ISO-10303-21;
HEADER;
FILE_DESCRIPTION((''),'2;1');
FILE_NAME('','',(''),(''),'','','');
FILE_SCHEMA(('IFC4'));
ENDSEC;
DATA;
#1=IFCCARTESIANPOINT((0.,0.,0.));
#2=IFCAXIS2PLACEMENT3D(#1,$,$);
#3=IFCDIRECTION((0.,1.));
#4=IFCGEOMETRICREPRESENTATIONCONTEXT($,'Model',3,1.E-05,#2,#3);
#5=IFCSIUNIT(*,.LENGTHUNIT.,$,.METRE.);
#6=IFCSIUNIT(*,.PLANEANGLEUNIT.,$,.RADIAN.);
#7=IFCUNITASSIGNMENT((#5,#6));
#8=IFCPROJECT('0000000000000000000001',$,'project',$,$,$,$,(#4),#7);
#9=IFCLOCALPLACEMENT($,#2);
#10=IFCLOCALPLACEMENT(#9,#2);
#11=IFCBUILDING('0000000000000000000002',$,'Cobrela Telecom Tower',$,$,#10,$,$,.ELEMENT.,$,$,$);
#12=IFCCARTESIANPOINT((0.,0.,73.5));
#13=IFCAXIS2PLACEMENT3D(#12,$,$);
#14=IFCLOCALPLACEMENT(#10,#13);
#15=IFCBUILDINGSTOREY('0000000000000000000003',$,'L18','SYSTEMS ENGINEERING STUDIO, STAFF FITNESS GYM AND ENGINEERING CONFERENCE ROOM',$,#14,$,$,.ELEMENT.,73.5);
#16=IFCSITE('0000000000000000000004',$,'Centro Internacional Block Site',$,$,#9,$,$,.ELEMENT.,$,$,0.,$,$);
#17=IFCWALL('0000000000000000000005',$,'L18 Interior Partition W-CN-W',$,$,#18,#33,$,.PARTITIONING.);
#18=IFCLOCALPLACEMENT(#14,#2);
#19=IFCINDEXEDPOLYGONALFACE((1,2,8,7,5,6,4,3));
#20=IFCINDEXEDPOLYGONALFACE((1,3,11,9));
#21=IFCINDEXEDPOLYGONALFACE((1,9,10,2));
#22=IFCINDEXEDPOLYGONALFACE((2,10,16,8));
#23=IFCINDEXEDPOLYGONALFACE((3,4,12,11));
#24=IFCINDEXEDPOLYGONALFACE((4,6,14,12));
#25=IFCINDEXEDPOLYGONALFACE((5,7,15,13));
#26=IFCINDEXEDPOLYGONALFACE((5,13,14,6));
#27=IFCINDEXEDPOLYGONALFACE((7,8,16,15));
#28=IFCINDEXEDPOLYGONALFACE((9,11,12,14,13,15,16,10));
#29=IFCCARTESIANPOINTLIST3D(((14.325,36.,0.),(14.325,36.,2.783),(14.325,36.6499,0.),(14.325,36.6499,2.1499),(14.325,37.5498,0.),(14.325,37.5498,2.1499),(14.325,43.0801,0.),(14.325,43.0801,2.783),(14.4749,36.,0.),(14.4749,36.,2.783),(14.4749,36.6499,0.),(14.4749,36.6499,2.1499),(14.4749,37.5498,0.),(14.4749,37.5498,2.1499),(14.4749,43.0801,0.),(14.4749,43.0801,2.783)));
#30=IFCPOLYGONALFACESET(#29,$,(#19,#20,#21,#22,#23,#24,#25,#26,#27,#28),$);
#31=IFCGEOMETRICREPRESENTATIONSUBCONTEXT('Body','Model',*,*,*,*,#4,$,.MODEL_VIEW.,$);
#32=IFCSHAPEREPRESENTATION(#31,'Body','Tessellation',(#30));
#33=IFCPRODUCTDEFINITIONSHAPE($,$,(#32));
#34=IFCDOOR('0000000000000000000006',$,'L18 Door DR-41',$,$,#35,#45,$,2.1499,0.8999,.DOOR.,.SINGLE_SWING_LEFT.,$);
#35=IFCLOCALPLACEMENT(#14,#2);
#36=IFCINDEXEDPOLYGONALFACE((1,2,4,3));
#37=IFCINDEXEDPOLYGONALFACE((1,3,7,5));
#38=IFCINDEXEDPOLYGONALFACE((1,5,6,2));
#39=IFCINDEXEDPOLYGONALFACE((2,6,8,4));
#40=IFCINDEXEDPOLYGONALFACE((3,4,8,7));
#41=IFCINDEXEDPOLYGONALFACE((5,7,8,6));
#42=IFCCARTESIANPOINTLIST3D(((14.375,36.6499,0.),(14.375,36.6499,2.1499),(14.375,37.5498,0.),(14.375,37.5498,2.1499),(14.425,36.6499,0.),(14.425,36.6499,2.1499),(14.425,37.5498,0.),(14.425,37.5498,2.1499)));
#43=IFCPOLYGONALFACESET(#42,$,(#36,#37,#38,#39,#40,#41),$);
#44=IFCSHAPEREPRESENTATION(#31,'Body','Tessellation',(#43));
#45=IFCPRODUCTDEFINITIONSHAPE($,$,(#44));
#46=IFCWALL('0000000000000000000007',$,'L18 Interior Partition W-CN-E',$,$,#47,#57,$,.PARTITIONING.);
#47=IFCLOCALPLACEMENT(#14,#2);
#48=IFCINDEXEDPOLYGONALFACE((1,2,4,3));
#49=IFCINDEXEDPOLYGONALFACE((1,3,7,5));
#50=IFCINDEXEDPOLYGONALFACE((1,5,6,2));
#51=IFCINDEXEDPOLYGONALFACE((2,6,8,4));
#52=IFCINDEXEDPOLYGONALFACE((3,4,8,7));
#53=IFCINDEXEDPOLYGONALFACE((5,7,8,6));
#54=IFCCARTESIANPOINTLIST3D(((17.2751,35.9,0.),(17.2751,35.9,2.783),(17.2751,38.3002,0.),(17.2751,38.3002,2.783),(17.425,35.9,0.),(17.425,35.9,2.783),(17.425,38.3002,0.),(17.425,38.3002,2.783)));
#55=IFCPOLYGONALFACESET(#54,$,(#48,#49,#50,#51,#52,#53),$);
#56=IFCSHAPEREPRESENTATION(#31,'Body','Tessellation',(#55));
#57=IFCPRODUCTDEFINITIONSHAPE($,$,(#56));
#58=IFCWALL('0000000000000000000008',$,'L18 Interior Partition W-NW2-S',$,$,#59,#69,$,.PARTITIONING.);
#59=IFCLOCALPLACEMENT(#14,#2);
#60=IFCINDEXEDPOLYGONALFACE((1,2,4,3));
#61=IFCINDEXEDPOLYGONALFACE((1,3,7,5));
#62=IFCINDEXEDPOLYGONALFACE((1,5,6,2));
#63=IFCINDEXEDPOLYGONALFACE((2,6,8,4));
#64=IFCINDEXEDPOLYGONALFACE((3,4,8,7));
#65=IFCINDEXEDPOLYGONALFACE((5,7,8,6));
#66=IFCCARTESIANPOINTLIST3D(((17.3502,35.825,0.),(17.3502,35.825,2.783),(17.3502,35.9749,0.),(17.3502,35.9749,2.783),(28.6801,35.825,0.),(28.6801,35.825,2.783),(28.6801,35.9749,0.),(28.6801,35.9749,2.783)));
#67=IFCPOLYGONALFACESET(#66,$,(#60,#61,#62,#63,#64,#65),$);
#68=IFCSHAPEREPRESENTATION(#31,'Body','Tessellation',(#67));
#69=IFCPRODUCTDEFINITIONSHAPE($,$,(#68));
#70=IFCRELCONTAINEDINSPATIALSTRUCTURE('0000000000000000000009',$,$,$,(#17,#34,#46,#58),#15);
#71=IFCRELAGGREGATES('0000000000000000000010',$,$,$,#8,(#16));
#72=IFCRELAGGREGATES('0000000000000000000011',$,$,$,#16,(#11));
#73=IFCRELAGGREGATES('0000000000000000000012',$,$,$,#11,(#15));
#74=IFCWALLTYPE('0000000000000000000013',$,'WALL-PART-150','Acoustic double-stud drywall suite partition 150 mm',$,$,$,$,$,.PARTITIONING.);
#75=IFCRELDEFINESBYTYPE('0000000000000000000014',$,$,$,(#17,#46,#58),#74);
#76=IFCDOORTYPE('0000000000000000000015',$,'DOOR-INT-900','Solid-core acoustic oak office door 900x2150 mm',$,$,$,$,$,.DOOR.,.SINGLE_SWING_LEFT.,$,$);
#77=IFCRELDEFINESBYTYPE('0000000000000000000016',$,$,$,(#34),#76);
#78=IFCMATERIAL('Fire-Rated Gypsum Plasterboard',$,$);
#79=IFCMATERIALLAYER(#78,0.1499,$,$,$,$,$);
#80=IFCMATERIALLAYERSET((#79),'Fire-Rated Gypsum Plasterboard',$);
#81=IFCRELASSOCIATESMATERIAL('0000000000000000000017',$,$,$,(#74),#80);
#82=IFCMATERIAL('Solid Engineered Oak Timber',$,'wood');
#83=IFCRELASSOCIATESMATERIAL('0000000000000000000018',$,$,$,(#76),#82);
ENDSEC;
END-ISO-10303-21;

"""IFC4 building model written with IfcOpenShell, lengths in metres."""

from ifc_helpers import new_model, si_unit, direction, frame, frame_2d, origin, place, context, subcontext, project, spatial, rectangle, extrude, material, layer, layer_set, type_object, element, fill, save


model = new_model("IFC4")

# Units and contexts
model_context = context("Model", 3, precision=1e-05, world=origin(), true_north=direction((0.0, 1.0)))
body_context = subcontext(model_context, "Body", "Model", "MODEL_VIEW")
ifc_project = project(units=[si_unit("LENGTHUNIT", "METRE"), si_unit("PLANEANGLEUNIT", "RADIAN")], contexts=[model_context])

# Site, building, storey
site_placement = place(None, origin())
site = spatial("IfcSite", under=ifc_project, at=site_placement, Name="Centro Internacional Block Site", CompositionType="ELEMENT", RefElevation=0.0)
building_placement = place(site_placement, origin())
building = spatial("IfcBuilding", under=site, at=building_placement, Name="Cobrela Telecom Tower", CompositionType="ELEMENT")
storey_placement = place(building_placement, frame((0.0, 0.0, 73.5)))
storey = spatial("IfcBuildingStorey", under=building, at=storey_placement, Name="L18", Description="SYSTEMS ENGINEERING STUDIO, STAFF FITNESS GYM AND ENGINEERING CONFERENCE ROOM", CompositionType="ELEMENT", Elevation=73.5)

# Wall, opening, door
ifc_material_1 = material(Name="Fire-Rated Gypsum Plasterboard")
ifc_layer_1 = layer(ifc_material_1, 0.1499)
ifc_layer_set_1 = layer_set([ifc_layer_1], Name="Fire-Rated Gypsum Plasterboard")
wall_type = type_object("IfcWallType", Name="WALL-PART-150", Description="Acoustic double-stud drywall suite partition 150 mm", PredefinedType="PARTITIONING", material=ifc_layer_set_1)
wall_1_placement = place(storey_placement, frame((14.3999, 36.0, 0.0), z_axis=(0.0, 0.0, 1.0), x_axis=(0.0, 1.0, 0.0)))
wall_1 = element("IfcWall", 1, at=wall_1_placement, inside=storey, type_object=wall_type, Name="L18 Interior Partition W-CN-W", PredefinedType="PARTITIONING", context=body_context, shape_type="SweptSolid", body=[
    extrude(rectangle(XDim=7.0801, YDim=0.1499, at=frame_2d((3.54, 0.0))), origin(), (0.0, 0.0, 1.0), 2.783),
])
opening_1_placement = place(wall_1_placement, frame((0.6499, 0.0, 0.0)))
opening_1 = element("IfcOpeningElement", 2, at=opening_1_placement, cuts=wall_1, PredefinedType="OPENING", context=body_context, shape_type="SweptSolid", body=[
    extrude(rectangle(XDim=0.8999, YDim=2.1499, at=frame_2d((0.45, 1.075))), frame((0.0, 0.0869, 0.0), z_axis=(0.0, -1.0, 0.0), x_axis=(1.0, 0.0, 0.0)), (0.0, 0.0, 1.0), 0.1738),
])
ifc_material_2 = material(Name="Solid Engineered Oak Timber", Category="wood")
door_type_1 = type_object("IfcDoorType", Name="DOOR-INT-900", Description="Solid-core acoustic oak office door 900x2150 mm", OperationType="SINGLE_SWING_LEFT", PredefinedType="DOOR", material=ifc_material_2)
door_1_placement = place(opening_1_placement, origin())
door_1 = element("IfcDoor", 3, at=door_1_placement, inside=storey, type_object=door_type_1, Name="L18 Door DR-41", OperationType="SINGLE_SWING_LEFT", OverallHeight=2.1499, OverallWidth=0.8999, PredefinedType="DOOR", context=body_context, shape_type="SweptSolid", body=[
    extrude(rectangle(XDim=0.8999, YDim=2.1499, at=frame_2d((0.45, 1.075))), frame((0.0, 0.0249, 0.0), z_axis=(0.0, -1.0, 0.0), x_axis=(1.0, 0.0, 0.0)), (0.0, 0.0, 1.0), 0.05),
])
fill(opening_1, door_1)

# Wall
wall_2_placement = place(storey_placement, frame((17.3501, 35.8999, 0.0), z_axis=(0.0, 0.0, 1.0), x_axis=(0.0, 1.0, 0.0)))
element("IfcWall", 4, at=wall_2_placement, inside=storey, type_object=wall_type, Name="L18 Interior Partition W-CN-E", PredefinedType="PARTITIONING", context=body_context, shape_type="SweptSolid", body=[
    extrude(rectangle(XDim=2.4001, YDim=0.1499, at=frame_2d((1.2002, 0.0))), origin(), (0.0, 0.0, 1.0), 2.783),
])

# Wall
wall_3_placement = place(storey_placement, frame((17.3501, 35.8999, 0.0), z_axis=(0.0, 0.0, 1.0), x_axis=(1.0, 0.0, 0.0)))
element("IfcWall", 5, at=wall_3_placement, inside=storey, type_object=wall_type, Name="L18 Interior Partition W-NW2-S", PredefinedType="PARTITIONING", context=body_context, shape_type="SweptSolid", body=[
    extrude(rectangle(XDim=11.3298, YDim=0.1499, at=frame_2d((5.665, 0.0))), origin(), (0.0, 0.0, 1.0), 2.783),
])

save(model, "model.ifc")
